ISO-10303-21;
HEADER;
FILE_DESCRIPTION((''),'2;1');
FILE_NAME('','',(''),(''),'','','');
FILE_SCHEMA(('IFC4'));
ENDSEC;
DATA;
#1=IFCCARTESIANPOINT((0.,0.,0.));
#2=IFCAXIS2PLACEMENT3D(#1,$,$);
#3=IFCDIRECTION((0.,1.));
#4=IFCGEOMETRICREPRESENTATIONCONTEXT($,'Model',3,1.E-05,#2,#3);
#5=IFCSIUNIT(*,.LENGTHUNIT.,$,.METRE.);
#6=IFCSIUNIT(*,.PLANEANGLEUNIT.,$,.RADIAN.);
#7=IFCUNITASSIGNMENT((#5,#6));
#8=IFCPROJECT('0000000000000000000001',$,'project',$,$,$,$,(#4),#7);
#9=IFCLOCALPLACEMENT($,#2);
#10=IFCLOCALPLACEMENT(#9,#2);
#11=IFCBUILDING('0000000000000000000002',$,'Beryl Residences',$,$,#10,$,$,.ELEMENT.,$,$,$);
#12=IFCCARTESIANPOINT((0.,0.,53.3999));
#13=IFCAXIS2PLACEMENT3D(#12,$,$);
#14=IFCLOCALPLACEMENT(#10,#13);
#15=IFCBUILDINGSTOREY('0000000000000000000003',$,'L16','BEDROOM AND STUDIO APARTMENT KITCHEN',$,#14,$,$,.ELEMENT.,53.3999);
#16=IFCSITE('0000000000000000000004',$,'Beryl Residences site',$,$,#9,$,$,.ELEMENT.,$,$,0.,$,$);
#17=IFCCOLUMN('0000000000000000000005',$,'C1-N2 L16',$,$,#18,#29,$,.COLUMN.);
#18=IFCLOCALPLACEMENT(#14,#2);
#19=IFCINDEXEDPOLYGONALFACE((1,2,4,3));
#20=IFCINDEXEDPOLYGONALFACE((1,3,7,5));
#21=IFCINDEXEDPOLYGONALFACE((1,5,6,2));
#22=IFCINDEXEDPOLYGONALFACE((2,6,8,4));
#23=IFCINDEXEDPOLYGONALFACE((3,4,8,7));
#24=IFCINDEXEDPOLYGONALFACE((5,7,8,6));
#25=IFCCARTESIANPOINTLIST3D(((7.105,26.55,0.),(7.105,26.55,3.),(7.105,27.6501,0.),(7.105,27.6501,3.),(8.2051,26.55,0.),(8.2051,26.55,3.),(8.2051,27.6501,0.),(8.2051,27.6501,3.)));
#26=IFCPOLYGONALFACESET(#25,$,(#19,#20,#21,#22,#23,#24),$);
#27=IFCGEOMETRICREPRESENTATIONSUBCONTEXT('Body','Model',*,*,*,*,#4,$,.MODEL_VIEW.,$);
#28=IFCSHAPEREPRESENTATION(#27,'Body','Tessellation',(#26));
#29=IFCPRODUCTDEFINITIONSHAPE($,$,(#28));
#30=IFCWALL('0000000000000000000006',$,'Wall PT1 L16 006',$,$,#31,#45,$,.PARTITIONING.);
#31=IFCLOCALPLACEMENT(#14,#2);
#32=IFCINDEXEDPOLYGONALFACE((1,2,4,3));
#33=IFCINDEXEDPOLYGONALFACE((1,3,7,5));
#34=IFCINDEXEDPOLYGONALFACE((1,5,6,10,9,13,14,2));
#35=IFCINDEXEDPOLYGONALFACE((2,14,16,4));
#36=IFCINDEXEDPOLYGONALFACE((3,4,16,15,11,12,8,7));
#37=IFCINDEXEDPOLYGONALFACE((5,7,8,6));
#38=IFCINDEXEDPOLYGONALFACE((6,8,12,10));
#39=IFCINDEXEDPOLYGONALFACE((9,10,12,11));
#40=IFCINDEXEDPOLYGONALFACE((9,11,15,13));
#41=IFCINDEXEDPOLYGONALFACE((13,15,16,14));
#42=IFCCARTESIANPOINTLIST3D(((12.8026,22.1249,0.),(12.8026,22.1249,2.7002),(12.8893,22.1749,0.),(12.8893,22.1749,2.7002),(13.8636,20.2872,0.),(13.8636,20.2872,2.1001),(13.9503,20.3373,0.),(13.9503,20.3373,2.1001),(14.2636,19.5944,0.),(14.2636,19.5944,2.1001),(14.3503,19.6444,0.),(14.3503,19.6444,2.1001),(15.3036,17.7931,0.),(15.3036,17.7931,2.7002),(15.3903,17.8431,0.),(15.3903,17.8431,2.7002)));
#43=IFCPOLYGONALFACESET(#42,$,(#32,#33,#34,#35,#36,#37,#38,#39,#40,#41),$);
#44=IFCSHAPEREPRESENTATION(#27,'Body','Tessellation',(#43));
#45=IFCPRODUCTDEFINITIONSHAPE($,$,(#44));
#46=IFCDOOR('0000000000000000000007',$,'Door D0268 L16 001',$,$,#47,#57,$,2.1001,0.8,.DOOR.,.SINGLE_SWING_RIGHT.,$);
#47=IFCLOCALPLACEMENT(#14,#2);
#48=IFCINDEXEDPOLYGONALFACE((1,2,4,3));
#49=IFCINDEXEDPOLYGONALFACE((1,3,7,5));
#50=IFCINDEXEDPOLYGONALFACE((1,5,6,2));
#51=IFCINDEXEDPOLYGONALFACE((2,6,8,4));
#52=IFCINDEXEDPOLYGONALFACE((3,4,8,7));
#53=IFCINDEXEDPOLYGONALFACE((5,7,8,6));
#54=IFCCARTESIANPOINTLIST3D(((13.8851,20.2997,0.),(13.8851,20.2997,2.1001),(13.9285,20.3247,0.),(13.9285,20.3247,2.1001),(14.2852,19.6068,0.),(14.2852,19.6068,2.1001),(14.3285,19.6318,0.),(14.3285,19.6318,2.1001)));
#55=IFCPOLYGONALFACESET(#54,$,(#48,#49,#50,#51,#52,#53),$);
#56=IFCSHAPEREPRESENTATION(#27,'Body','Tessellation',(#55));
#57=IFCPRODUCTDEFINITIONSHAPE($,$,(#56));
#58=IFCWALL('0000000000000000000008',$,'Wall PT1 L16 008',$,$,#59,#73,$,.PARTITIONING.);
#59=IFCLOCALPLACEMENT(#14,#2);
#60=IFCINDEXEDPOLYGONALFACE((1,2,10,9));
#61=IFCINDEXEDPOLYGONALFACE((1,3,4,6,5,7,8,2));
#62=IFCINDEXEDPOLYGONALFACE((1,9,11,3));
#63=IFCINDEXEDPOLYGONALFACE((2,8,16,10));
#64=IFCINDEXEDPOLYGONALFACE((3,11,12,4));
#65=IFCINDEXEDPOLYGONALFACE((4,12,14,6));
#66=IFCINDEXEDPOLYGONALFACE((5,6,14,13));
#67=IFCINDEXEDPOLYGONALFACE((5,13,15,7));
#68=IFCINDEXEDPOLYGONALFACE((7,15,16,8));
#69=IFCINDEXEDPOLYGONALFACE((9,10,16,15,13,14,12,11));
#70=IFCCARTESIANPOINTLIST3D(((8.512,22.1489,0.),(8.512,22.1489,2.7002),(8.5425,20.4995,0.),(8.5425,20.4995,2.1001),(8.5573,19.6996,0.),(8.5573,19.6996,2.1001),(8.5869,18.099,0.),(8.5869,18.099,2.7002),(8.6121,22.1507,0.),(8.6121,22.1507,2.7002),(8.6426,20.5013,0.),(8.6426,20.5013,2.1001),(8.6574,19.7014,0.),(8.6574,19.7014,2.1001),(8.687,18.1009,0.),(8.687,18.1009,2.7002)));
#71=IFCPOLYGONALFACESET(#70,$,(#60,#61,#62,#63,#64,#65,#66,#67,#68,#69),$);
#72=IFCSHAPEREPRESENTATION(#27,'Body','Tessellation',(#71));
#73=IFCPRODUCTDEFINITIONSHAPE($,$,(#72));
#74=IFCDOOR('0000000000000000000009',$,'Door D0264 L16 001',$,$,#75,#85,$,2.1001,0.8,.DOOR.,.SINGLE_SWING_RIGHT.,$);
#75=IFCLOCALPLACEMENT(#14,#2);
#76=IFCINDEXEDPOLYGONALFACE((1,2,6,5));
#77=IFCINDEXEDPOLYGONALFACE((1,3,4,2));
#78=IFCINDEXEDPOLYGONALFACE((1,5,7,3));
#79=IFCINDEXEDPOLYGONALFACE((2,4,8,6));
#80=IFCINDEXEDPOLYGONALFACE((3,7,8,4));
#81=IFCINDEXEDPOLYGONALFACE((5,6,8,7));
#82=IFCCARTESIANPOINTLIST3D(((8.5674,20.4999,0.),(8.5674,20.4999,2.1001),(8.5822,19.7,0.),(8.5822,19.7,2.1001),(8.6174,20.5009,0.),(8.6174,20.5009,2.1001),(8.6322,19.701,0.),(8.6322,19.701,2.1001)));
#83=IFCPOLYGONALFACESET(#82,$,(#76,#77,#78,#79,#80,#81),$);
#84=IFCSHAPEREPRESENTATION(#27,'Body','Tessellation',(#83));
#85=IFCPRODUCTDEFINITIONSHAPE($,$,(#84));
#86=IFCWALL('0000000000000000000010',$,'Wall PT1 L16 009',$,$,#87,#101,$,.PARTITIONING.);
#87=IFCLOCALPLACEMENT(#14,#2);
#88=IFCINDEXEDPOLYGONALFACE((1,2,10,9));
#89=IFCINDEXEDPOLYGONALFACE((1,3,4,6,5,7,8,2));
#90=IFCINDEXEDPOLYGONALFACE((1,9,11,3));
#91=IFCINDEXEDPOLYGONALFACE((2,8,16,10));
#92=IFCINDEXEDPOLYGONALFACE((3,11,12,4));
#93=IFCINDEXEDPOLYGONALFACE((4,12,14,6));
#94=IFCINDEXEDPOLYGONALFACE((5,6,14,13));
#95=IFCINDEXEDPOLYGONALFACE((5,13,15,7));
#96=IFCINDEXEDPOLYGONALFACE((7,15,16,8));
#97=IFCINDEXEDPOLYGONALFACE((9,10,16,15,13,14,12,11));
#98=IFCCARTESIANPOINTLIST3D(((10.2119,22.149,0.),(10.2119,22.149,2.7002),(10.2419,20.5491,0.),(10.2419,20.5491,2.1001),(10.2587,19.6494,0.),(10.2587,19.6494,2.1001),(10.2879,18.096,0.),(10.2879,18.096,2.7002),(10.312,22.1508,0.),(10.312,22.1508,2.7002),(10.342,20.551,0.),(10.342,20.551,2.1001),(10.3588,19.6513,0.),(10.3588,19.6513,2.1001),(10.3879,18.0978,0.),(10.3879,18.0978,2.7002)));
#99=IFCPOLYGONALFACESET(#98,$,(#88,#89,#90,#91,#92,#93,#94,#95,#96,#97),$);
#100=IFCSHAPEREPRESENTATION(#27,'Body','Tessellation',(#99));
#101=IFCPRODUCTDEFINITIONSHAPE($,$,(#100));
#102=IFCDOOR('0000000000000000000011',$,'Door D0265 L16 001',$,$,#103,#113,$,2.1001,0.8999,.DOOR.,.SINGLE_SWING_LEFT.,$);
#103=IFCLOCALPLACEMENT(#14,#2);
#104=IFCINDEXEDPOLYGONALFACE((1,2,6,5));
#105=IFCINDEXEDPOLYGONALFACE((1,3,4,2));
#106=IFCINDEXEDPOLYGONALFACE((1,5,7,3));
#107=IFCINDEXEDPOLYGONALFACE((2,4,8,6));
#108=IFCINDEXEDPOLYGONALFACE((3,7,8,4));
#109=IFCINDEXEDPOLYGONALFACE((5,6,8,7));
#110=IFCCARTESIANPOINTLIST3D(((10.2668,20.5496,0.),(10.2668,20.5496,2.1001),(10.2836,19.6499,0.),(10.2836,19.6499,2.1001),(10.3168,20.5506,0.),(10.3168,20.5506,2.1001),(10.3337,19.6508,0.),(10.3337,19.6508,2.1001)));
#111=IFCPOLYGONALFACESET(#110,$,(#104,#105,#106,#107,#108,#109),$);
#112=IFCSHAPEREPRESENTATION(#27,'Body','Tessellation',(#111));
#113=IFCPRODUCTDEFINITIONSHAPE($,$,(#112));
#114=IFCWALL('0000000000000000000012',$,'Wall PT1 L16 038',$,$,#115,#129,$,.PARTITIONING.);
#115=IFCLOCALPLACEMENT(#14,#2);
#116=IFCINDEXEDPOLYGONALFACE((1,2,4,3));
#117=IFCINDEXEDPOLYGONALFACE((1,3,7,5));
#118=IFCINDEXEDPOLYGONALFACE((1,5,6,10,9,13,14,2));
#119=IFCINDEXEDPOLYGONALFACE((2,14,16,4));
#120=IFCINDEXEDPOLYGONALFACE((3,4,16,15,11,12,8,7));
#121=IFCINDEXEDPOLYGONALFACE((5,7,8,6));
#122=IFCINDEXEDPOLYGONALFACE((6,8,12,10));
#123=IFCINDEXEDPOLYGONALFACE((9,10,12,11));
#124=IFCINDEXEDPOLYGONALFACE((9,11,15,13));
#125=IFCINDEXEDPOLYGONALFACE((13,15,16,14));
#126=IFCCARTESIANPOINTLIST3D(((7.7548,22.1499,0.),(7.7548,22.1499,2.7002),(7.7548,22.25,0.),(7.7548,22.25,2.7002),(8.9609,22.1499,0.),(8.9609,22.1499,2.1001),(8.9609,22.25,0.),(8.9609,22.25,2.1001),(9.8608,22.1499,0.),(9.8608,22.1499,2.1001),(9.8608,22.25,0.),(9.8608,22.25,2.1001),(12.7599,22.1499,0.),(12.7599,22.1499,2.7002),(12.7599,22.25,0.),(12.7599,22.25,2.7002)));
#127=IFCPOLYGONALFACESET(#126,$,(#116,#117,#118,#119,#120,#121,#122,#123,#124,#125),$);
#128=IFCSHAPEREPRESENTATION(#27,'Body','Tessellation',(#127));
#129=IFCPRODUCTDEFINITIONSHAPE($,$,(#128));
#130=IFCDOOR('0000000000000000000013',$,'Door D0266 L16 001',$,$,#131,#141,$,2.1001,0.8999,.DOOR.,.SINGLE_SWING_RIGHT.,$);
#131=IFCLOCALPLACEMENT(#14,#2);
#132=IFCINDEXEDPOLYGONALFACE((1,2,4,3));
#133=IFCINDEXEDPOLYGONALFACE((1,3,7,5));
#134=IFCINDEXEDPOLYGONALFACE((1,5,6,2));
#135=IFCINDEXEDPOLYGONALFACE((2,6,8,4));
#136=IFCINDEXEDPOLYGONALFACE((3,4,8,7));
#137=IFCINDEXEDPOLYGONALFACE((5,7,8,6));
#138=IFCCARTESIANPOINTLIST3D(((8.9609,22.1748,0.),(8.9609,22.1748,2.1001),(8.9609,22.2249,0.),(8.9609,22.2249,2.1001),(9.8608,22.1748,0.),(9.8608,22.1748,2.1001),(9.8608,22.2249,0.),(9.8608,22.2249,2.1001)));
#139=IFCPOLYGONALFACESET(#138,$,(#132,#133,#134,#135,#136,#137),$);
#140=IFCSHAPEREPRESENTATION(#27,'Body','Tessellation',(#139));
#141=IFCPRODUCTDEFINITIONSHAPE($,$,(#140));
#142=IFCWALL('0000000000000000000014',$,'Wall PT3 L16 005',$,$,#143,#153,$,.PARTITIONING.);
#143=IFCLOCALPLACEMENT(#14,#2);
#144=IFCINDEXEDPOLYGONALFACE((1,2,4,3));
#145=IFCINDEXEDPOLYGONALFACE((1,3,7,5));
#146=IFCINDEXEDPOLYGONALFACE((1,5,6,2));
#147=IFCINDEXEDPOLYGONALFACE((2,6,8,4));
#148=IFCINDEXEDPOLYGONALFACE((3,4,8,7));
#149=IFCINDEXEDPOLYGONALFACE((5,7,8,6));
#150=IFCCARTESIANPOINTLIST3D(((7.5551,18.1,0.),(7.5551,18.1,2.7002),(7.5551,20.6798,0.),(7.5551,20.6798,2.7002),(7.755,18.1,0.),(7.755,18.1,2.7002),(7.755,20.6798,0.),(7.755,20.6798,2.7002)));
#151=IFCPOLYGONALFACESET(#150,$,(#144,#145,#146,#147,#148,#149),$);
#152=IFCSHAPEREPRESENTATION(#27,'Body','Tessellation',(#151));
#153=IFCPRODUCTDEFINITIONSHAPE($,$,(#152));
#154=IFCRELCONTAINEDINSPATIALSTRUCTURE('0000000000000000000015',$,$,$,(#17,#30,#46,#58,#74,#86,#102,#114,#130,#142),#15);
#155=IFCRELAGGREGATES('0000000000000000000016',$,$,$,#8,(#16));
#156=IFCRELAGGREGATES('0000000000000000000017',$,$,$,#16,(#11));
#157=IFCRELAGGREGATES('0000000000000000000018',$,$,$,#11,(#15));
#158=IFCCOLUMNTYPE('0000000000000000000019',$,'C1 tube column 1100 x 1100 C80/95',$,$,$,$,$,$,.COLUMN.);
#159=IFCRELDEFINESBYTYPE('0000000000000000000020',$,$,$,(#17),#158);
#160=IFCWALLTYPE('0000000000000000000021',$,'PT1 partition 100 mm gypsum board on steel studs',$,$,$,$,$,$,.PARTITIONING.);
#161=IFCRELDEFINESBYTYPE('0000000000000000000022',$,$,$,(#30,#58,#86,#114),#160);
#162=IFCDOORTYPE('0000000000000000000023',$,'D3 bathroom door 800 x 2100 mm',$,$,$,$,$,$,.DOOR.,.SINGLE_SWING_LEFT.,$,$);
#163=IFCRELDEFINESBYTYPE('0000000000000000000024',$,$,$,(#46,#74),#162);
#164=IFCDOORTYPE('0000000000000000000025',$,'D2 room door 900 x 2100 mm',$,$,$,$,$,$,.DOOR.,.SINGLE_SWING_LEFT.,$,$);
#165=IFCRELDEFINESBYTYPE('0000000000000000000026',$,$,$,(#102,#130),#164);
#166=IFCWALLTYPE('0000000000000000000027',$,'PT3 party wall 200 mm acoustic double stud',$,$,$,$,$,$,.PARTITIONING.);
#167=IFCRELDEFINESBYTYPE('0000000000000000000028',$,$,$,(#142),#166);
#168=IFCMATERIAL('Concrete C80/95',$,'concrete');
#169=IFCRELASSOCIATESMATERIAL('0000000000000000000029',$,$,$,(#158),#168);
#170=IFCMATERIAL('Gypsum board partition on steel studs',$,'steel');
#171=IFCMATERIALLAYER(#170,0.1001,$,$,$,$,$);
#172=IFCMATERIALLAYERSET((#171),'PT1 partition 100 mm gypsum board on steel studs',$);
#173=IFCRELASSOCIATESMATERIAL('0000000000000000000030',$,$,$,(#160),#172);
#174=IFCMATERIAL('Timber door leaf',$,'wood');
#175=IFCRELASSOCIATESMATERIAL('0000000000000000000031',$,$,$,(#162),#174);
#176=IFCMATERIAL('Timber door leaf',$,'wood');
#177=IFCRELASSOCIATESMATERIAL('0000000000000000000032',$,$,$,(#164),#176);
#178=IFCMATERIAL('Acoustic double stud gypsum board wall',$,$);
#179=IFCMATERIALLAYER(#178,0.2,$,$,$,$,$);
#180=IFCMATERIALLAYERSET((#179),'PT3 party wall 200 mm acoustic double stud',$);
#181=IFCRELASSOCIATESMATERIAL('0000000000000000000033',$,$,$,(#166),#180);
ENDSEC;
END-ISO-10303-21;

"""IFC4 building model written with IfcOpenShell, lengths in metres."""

from ifc_helpers import new_model, si_unit, direction, frame, frame_2d, origin, origin_2d, place, context, subcontext, project, spatial, rectangle, extrude, material, layer, layer_set, material_profile, profile_set, type_object, element, fill, save


model = new_model("IFC4")

# Units and contexts
model_context = context("Model", 3, precision=1e-05, world=origin(), true_north=direction((0.0, 1.0)))
body_context = subcontext(model_context, "Body", "Model", "MODEL_VIEW")
ifc_project = project(units=[si_unit("LENGTHUNIT", "METRE"), si_unit("PLANEANGLEUNIT", "RADIAN")], contexts=[model_context])

# Site, building, storey
site_placement = place(None, origin())
site = spatial("IfcSite", under=ifc_project, at=site_placement, Name="Beryl Residences site", CompositionType="ELEMENT", RefElevation=0.0)
building_placement = place(site_placement, origin())
building = spatial("IfcBuilding", under=site, at=building_placement, Name="Beryl Residences", CompositionType="ELEMENT")
storey_placement = place(building_placement, frame((0.0, 0.0, 53.3999)))
storey = spatial("IfcBuildingStorey", under=building, at=storey_placement, Name="L16", Description="BEDROOM AND STUDIO APARTMENT KITCHEN", CompositionType="ELEMENT", Elevation=53.3999)

# Column
ifc_material_1 = material(Name="Concrete C80/95", Category="concrete")
ifc_material_profile = material_profile(ifc_material_1, rectangle(XDim=1.1001, YDim=1.1001, at=origin_2d()))
ifc_profile_set = profile_set([ifc_material_profile], Name="Concrete C80/95")
column_type = type_object("IfcColumnType", Name="C1 tube column 1100 x 1100 C80/95", PredefinedType="COLUMN", material=ifc_profile_set)
column_placement = place(storey_placement, frame((7.655, 27.1001, 0.0), z_axis=(0.0, 0.0, 1.0), x_axis=(-1.0, 0.0, 0.0)))
element("IfcColumn", 1, at=column_placement, inside=storey, type_object=column_type, Name="C1-N2 L16", PredefinedType="COLUMN", context=body_context, shape_type="SweptSolid", body=[
    extrude(rectangle(XDim=1.1001, YDim=1.1001, at=origin_2d()), origin(), (0.0, 0.0, 1.0), 3.0),
])

# Walls, openings, doors
ifc_material_2 = material(Name="Gypsum board partition on steel studs", Category="steel")
ifc_layer_1 = layer(ifc_material_2, 0.1001)
ifc_layer_set_1 = layer_set([ifc_layer_1], Name="PT1 partition 100 mm gypsum board on steel studs")
wall_type_1 = type_object("IfcWallType", Name="PT1 partition 100 mm gypsum board on steel studs", PredefinedType="PARTITIONING", material=ifc_layer_set_1)
wall_1_placement = place(storey_placement, frame((12.8459, 22.1499, 0.0), z_axis=(0.0, 0.0, 1.0), x_axis=(0.500003, -0.866024, 0.0)))
wall_1 = element("IfcWall", 2, at=wall_1_placement, inside=storey, type_object=wall_type_1, Name="Wall PT1 L16 006", PredefinedType="PARTITIONING", context=body_context, shape_type="SweptSolid", body=[
    extrude(rectangle(XDim=5.002, YDim=0.1001, at=frame_2d((2.501, 0.0))), origin(), (0.0, 0.0, 1.0), 2.7002),
])
opening_1_placement = place(wall_1_placement, frame((2.1221, 0.0, 0.0)))
opening_1 = element("IfcOpeningElement", 3, at=opening_1_placement, cuts=wall_1, PredefinedType="OPENING", context=body_context, shape_type="SweptSolid", body=[
    extrude(rectangle(XDim=0.8, YDim=2.1001, at=frame_2d((0.3999, 1.05))), frame((0.0, 0.0601, 0.0), z_axis=(0.0, -1.0, 0.0), x_axis=(1.0, 0.0, 0.0)), (0.0, 0.0, 1.0), 0.1201),
])
ifc_material_3 = material(Name="Timber door leaf", Category="wood")
door_type_1 = type_object("IfcDoorType", Name="D3 bathroom door 800 x 2100 mm", OperationType="SINGLE_SWING_LEFT", PredefinedType="DOOR", material=ifc_material_3)
door_1_placement = place(opening_1_placement, origin())
door_1 = element("IfcDoor", 4, at=door_1_placement, inside=storey, type_object=door_type_1, Name="Door D0268 L16 001", OperationType="SINGLE_SWING_RIGHT", OverallHeight=2.1001, OverallWidth=0.8, PredefinedType="DOOR", context=body_context, shape_type="SweptSolid", body=[
    extrude(rectangle(XDim=0.8, YDim=2.1001, at=frame_2d((0.3999, 1.05))), frame((0.0, 0.0249, 0.0), z_axis=(0.0, -1.0, 0.0), x_axis=(1.0, 0.0, 0.0)), (0.0, 0.0, 1.0), 0.05),
])
fill(opening_1, door_1)
wall_2_placement = place(storey_placement, frame((8.562, 22.1499, 0.0), z_axis=(0.0, 0.0, 1.0), x_axis=(0.018504, -0.999829, 0.0)))
wall_2 = element("IfcWall", 5, at=wall_2_placement, inside=storey, type_object=wall_type_1, Name="Wall PT1 L16 008", PredefinedType="PARTITIONING", context=body_context, shape_type="SweptSolid", body=[
    extrude(rectangle(XDim=4.0505, YDim=0.1001, at=frame_2d((2.0254, 0.0))), origin(), (0.0, 0.0, 1.0), 2.7002),
])
opening_2_placement = place(wall_2_placement, frame((1.6499, 0.0, 0.0)))
opening_2 = element("IfcOpeningElement", 6, at=opening_2_placement, cuts=wall_2, PredefinedType="OPENING", context=body_context, shape_type="SweptSolid", body=[
    extrude(rectangle(XDim=0.8, YDim=2.1001, at=frame_2d((0.3999, 1.05))), frame((0.0, 0.0601, 0.0), z_axis=(0.0, -1.0, 0.0), x_axis=(1.0, 0.0, 0.0)), (0.0, 0.0, 1.0), 0.1201),
])
door_2_placement = place(opening_2_placement, origin())
door_2 = element("IfcDoor", 7, at=door_2_placement, inside=storey, type_object=door_type_1, Name="Door D0264 L16 001", OperationType="SINGLE_SWING_RIGHT", OverallHeight=2.1001, OverallWidth=0.8, PredefinedType="DOOR", context=body_context, shape_type="SweptSolid", body=[
    extrude(rectangle(XDim=0.8, YDim=2.1001, at=frame_2d((0.3999, 1.05))), frame((0.0, 0.0249, 0.0), z_axis=(0.0, -1.0, 0.0), x_axis=(1.0, 0.0, 0.0)), (0.0, 0.0, 1.0), 0.05),
])
fill(opening_2, door_2)
wall_3_placement = place(storey_placement, frame((10.262, 22.1499, 0.0), z_axis=(0.0, 0.0, 1.0), x_axis=(0.018731, -0.999825, 0.0)))
wall_3 = element("IfcWall", 8, at=wall_3_placement, inside=storey, type_object=wall_type_1, Name="Wall PT1 L16 009", PredefinedType="PARTITIONING", context=body_context, shape_type="SweptSolid", body=[
    extrude(rectangle(XDim=4.0537, YDim=0.1001, at=frame_2d((2.0269, 0.0))), origin(), (0.0, 0.0, 1.0), 2.7002),
])
opening_3_placement = place(wall_3_placement, frame((1.6001, 0.0, 0.0)))
opening_3 = element("IfcOpeningElement", 9, at=opening_3_placement, cuts=wall_3, PredefinedType="OPENING", context=body_context, shape_type="SweptSolid", body=[
    extrude(rectangle(XDim=0.8999, YDim=2.1001, at=frame_2d((0.45, 1.05))), frame((0.0, 0.0601, 0.0), z_axis=(0.0, -1.0, 0.0), x_axis=(1.0, 0.0, 0.0)), (0.0, 0.0, 1.0), 0.1201),
])
ifc_material_4 = material(Name="Timber door leaf", Category="wood")
door_type_2 = type_object("IfcDoorType", Name="D2 room door 900 x 2100 mm", OperationType="SINGLE_SWING_LEFT", PredefinedType="DOOR", material=ifc_material_4)
door_3_placement = place(opening_3_placement, origin())
door_3 = element("IfcDoor", 10, at=door_3_placement, inside=storey, type_object=door_type_2, Name="Door D0265 L16 001", OperationType="SINGLE_SWING_LEFT", OverallHeight=2.1001, OverallWidth=0.8999, PredefinedType="DOOR", context=body_context, shape_type="SweptSolid", body=[
    extrude(rectangle(XDim=0.8999, YDim=2.1001, at=frame_2d((0.45, 1.05))), frame((0.0, 0.0249, 0.0), z_axis=(0.0, -1.0, 0.0), x_axis=(1.0, 0.0, 0.0)), (0.0, 0.0, 1.0), 0.05),
])
fill(opening_3, door_3)
wall_4_placement = place(storey_placement, frame((7.7549, 22.2, 0.0), z_axis=(0.0, 0.0, 1.0), x_axis=(1.0, 0.0, 0.0)))
wall_4 = element("IfcWall", 11, at=wall_4_placement, inside=storey, type_object=wall_type_1, Name="Wall PT1 L16 038", PredefinedType="PARTITIONING", context=body_context, shape_type="SweptSolid", body=[
    extrude(rectangle(XDim=5.0051, YDim=0.1001, at=frame_2d((2.5024, 0.0))), origin(), (0.0, 0.0, 1.0), 2.7002),
])
opening_4_placement = place(wall_4_placement, frame((1.2061, 0.0, 0.0)))
opening_4 = element("IfcOpeningElement", 12, at=opening_4_placement, cuts=wall_4, PredefinedType="OPENING", context=body_context, shape_type="SweptSolid", body=[
    extrude(rectangle(XDim=0.8999, YDim=2.1001, at=frame_2d((0.45, 1.05))), frame((0.0, 0.0601, 0.0), z_axis=(0.0, -1.0, 0.0), x_axis=(1.0, 0.0, 0.0)), (0.0, 0.0, 1.0), 0.1201),
])
door_4_placement = place(opening_4_placement, origin())
door_4 = element("IfcDoor", 13, at=door_4_placement, inside=storey, type_object=door_type_2, Name="Door D0266 L16 001", OperationType="SINGLE_SWING_RIGHT", OverallHeight=2.1001, OverallWidth=0.8999, PredefinedType="DOOR", context=body_context, shape_type="SweptSolid", body=[
    extrude(rectangle(XDim=0.8999, YDim=2.1001, at=frame_2d((0.45, 1.05))), frame((0.0, 0.0249, 0.0), z_axis=(0.0, -1.0, 0.0), x_axis=(1.0, 0.0, 0.0)), (0.0, 0.0, 1.0), 0.05),
])
fill(opening_4, door_4)

# Wall
ifc_material_5 = material(Name="Acoustic double stud gypsum board wall")
ifc_layer_2 = layer(ifc_material_5, 0.2)
ifc_layer_set_2 = layer_set([ifc_layer_2], Name="PT3 party wall 200 mm acoustic double stud")
wall_type_2 = type_object("IfcWallType", Name="PT3 party wall 200 mm acoustic double stud", PredefinedType="PARTITIONING", material=ifc_layer_set_2)
wall_5_placement = place(storey_placement, frame((7.655, 20.6799, 0.0), z_axis=(0.0, 0.0, 1.0), x_axis=(0.0, -1.0, 0.0)))
element("IfcWall", 14, at=wall_5_placement, inside=storey, type_object=wall_type_2, Name="Wall PT3 L16 005", PredefinedType="PARTITIONING", context=body_context, shape_type="SweptSolid", body=[
    extrude(rectangle(XDim=2.5798, YDim=0.2, at=frame_2d((1.29, 0.0))), origin(), (0.0, 0.0, 1.0), 2.7002),
])

save(model, "model.ifc")
